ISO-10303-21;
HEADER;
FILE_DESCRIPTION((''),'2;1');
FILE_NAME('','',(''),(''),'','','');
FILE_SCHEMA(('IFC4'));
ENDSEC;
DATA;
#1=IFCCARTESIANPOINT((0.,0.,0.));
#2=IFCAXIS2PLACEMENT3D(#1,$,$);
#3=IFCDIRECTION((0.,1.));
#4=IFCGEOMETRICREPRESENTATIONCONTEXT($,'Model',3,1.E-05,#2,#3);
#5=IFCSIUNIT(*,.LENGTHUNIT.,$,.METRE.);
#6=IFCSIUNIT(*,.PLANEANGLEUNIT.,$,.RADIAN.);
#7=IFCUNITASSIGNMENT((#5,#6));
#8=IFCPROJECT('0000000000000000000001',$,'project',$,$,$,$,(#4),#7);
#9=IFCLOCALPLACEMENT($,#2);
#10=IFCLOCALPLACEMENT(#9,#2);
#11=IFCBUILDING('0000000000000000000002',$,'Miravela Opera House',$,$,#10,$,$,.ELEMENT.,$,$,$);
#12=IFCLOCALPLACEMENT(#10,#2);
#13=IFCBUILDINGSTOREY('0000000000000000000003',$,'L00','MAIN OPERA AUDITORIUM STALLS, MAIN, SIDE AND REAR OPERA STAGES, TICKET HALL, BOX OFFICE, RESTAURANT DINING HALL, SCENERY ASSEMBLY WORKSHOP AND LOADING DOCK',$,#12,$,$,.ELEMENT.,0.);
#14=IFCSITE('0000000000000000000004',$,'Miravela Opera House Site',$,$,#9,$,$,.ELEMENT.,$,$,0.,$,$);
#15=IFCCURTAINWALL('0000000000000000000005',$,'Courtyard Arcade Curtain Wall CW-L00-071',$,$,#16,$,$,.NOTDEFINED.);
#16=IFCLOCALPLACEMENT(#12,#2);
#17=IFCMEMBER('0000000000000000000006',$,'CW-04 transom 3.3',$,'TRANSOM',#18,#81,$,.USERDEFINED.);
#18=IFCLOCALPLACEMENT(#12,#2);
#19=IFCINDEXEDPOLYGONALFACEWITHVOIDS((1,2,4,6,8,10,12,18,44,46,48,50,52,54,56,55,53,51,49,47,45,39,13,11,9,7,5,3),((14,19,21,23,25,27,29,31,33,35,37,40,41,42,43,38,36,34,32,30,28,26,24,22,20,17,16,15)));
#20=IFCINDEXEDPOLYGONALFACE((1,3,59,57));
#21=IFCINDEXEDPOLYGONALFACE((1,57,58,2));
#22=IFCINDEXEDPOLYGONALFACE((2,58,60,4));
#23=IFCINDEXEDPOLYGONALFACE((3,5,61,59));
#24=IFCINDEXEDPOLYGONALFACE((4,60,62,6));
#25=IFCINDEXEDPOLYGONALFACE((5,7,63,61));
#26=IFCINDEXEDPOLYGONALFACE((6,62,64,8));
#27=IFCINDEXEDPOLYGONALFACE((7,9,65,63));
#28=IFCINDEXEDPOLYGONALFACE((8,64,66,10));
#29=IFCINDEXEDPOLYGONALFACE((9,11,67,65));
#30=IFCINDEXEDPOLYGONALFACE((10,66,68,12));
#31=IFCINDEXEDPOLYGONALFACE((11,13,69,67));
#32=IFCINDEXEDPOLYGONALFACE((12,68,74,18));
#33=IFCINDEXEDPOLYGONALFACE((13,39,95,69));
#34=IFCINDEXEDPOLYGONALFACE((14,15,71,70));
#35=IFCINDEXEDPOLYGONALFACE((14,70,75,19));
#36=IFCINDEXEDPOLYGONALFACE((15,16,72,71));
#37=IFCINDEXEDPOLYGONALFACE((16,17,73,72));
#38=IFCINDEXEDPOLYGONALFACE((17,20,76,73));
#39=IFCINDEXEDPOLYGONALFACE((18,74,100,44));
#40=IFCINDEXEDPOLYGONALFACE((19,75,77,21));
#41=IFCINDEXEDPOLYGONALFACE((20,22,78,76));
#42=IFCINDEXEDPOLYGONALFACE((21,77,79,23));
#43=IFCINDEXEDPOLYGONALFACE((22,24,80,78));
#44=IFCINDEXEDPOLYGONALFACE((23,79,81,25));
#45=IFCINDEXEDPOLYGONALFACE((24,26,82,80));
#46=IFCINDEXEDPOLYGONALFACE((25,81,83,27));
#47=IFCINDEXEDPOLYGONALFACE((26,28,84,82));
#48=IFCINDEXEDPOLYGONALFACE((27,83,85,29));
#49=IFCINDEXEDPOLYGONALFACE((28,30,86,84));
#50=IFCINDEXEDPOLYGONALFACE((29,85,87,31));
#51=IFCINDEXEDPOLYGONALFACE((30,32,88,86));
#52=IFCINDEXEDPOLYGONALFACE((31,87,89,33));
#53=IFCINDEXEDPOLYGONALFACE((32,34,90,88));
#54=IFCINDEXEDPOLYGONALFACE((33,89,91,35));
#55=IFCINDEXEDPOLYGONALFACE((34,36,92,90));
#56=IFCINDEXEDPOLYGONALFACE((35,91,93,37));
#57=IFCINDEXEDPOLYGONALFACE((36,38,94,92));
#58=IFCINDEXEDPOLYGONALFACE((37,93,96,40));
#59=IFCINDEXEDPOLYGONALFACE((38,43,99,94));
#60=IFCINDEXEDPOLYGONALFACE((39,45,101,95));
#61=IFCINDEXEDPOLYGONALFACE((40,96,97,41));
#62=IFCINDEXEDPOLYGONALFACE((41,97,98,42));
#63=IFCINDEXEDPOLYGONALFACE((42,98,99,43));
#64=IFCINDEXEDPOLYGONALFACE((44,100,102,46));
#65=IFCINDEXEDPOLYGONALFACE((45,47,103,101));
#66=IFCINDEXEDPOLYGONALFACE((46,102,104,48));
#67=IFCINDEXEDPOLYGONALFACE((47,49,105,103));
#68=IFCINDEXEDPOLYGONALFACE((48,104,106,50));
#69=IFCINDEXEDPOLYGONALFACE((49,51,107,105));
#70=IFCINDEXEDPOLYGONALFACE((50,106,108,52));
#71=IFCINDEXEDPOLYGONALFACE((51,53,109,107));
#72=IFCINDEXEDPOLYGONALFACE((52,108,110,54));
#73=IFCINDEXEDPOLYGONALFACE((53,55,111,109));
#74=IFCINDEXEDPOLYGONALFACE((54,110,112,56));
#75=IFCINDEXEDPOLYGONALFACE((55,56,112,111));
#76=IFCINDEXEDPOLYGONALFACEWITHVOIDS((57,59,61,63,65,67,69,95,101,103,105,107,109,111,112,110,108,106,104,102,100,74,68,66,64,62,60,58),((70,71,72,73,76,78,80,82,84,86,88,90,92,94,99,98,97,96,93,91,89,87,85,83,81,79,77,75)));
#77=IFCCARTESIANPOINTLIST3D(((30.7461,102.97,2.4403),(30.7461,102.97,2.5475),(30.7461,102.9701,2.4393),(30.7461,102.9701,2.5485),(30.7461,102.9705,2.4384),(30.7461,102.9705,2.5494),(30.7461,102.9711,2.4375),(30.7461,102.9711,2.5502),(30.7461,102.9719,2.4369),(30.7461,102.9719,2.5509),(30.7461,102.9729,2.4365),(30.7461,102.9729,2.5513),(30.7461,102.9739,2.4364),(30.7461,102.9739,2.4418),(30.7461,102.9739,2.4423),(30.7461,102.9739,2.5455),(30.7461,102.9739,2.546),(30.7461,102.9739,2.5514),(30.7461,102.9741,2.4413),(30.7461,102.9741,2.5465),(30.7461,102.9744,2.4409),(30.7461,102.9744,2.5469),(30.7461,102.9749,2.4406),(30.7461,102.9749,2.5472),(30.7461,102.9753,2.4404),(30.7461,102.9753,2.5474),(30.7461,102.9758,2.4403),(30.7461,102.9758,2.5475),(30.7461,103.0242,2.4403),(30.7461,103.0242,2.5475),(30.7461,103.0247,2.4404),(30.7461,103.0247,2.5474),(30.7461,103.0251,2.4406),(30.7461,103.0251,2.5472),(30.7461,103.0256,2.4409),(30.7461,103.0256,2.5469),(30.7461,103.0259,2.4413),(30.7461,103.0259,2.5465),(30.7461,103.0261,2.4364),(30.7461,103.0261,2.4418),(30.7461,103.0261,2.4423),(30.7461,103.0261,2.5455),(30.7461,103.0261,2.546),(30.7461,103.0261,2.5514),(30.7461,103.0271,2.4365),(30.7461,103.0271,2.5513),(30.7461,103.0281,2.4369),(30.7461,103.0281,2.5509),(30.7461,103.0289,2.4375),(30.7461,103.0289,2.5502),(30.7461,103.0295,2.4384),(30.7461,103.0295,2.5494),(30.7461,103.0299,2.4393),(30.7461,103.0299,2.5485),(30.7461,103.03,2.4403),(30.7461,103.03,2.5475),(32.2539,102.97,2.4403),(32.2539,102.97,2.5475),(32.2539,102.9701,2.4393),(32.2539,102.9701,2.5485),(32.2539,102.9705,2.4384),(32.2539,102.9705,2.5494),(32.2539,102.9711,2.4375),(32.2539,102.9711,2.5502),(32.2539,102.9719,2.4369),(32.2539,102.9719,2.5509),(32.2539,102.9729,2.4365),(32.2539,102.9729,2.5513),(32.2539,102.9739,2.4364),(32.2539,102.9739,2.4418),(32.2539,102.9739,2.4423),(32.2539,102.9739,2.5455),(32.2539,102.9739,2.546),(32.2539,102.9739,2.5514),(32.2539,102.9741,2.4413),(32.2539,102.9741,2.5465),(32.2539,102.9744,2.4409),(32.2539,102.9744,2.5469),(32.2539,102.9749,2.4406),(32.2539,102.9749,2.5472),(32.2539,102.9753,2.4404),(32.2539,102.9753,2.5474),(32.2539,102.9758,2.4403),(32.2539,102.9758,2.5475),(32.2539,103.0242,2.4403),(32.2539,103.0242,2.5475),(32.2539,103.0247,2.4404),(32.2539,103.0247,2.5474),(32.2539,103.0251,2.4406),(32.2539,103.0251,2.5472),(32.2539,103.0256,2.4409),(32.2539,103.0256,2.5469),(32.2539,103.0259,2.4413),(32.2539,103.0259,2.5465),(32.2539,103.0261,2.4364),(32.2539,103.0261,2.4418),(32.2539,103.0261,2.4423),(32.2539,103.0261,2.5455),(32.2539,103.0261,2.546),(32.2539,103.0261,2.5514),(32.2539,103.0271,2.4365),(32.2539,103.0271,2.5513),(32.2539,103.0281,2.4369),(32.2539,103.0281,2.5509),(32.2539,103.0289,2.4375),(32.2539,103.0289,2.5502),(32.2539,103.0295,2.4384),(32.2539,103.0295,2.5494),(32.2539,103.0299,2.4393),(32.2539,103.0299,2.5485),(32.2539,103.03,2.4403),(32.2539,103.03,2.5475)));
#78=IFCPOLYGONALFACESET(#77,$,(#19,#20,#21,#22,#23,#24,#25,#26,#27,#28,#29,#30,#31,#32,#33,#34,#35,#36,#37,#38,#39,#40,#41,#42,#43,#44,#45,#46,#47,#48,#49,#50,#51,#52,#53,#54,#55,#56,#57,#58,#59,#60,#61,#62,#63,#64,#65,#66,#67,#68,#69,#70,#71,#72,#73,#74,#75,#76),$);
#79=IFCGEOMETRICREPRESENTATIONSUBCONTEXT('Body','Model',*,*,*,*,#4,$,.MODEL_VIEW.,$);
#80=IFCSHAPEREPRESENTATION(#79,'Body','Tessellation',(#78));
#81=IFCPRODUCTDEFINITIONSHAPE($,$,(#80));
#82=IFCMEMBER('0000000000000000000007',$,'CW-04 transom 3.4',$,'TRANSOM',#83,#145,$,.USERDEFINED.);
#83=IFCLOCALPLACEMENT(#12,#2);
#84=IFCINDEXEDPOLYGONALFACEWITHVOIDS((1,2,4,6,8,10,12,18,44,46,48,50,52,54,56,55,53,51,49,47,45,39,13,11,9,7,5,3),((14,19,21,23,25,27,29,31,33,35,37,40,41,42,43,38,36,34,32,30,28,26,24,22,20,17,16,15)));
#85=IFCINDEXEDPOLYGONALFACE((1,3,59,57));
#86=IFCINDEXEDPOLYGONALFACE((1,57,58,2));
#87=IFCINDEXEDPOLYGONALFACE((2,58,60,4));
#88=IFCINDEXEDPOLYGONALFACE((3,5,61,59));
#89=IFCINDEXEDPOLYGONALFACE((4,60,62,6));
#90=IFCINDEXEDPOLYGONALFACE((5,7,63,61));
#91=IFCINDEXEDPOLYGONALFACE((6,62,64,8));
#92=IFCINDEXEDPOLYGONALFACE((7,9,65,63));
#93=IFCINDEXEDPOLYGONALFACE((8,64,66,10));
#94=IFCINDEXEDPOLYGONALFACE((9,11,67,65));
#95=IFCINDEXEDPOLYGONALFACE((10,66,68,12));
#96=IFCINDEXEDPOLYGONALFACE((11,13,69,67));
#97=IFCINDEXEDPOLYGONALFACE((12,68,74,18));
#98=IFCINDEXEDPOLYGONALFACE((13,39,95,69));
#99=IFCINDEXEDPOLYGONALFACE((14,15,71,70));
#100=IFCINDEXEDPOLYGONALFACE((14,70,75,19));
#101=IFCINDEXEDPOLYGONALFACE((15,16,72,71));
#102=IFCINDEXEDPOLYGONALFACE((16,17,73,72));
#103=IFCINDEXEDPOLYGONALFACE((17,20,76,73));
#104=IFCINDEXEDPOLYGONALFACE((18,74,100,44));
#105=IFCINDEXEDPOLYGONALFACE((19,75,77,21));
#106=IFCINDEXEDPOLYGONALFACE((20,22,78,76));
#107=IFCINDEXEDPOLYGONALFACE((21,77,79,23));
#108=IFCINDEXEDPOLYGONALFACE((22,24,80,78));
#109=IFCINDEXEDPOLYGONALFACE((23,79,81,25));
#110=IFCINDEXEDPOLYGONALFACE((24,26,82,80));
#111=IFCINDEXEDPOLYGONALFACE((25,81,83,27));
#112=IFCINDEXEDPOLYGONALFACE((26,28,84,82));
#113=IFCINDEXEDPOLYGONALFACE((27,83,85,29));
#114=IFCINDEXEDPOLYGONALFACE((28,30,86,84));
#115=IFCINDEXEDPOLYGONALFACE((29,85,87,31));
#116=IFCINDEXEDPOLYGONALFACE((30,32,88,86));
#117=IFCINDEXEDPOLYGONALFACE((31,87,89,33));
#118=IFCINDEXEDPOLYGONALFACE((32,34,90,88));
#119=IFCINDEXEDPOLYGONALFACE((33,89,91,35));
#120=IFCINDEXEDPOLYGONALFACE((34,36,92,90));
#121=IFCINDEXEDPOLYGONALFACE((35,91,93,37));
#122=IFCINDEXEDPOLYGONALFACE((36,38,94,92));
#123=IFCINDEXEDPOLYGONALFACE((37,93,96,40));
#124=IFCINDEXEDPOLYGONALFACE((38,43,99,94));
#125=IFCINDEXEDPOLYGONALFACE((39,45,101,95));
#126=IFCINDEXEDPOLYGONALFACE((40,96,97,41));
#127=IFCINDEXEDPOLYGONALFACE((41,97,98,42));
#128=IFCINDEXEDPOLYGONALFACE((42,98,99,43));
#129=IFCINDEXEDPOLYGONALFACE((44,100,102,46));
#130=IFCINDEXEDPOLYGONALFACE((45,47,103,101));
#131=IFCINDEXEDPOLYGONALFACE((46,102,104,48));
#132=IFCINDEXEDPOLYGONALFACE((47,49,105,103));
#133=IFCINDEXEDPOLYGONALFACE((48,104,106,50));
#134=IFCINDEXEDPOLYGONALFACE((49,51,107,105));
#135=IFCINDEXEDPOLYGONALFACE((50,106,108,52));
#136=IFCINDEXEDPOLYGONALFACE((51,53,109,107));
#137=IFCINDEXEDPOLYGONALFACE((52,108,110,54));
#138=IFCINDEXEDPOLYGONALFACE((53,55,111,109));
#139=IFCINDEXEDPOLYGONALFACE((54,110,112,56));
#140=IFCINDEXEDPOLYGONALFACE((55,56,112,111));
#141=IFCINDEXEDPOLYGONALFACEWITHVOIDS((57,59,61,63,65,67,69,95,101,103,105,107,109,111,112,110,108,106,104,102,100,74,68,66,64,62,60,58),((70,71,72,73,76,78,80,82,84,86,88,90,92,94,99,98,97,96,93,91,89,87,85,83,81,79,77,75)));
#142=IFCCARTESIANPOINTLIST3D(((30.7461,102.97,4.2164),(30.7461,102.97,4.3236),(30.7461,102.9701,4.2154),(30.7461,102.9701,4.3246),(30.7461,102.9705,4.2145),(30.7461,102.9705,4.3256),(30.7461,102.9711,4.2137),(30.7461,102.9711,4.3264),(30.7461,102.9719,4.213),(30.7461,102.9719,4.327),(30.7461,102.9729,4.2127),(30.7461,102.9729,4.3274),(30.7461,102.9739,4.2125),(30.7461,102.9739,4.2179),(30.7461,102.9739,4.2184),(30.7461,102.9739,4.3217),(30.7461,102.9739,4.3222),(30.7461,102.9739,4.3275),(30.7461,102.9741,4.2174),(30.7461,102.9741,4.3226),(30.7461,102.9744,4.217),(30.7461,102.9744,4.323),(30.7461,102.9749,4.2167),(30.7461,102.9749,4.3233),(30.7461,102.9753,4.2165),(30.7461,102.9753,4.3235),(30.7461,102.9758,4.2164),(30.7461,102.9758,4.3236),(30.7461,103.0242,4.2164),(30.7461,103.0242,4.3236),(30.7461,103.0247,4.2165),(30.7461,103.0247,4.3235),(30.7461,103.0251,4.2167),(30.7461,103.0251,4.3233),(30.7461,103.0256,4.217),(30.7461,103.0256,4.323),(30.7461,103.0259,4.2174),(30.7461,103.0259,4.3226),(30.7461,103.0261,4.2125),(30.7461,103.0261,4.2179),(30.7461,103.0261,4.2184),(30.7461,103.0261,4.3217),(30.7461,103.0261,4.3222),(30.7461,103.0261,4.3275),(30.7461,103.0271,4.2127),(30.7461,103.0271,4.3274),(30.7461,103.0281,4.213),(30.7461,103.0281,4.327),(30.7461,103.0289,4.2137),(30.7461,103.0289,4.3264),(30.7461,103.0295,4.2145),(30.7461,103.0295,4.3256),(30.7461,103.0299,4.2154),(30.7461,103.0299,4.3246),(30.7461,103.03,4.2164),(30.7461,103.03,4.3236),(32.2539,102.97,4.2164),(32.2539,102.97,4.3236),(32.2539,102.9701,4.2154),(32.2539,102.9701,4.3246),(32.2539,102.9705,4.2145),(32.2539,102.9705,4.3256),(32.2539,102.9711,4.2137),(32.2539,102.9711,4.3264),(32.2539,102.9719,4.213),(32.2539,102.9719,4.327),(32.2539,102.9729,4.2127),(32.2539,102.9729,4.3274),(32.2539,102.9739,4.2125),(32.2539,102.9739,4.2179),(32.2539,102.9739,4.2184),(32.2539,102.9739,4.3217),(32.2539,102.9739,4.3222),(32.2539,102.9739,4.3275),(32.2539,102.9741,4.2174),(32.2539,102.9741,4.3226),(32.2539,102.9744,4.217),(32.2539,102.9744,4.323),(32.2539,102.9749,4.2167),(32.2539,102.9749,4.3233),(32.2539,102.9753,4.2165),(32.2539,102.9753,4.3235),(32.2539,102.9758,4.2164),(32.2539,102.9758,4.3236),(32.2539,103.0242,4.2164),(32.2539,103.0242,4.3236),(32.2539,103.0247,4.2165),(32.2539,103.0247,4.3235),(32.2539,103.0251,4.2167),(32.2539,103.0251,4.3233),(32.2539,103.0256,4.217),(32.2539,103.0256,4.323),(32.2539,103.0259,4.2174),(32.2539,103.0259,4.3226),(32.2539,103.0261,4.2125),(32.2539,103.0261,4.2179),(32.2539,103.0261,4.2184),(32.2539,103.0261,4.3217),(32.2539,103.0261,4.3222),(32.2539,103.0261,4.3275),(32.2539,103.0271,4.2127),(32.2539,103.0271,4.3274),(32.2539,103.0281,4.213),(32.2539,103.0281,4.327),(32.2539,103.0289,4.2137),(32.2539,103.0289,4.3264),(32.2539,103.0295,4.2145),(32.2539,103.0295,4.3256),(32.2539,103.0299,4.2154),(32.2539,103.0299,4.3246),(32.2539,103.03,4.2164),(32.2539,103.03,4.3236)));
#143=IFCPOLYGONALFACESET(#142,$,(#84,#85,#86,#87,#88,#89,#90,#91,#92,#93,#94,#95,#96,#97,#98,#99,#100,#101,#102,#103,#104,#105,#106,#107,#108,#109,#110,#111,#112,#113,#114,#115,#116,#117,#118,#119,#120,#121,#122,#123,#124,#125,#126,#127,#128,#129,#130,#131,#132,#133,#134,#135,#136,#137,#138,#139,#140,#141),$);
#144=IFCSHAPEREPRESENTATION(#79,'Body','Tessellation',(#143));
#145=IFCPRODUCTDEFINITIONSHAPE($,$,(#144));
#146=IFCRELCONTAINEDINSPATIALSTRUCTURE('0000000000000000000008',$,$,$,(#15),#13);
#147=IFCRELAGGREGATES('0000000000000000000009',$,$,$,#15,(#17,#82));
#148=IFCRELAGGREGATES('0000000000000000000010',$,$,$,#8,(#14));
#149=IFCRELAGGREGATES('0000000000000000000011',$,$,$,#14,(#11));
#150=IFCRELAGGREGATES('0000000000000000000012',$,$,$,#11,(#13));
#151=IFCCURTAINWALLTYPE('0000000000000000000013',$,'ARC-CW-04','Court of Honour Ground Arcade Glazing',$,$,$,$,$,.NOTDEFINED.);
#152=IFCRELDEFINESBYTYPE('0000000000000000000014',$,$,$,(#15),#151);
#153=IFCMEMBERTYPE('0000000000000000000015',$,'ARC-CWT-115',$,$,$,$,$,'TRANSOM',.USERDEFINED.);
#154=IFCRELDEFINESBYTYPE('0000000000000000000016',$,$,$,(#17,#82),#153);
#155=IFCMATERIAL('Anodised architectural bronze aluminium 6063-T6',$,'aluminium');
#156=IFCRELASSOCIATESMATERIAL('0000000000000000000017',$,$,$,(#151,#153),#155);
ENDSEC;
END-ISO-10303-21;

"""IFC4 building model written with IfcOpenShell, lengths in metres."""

from ifc_helpers import new_model, si_unit, direction, frame, origin, origin_2d, place, context, subcontext, project, spatial, hollow_rectangle, extrude, material, material_profile, profile_set, type_object, element, aggregate, save


model = new_model("IFC4")

# Units and contexts
model_context = context("Model", 3, precision=1e-05, world=origin(), true_north=direction((0.0, 1.0)))
body_context = subcontext(model_context, "Body", "Model", "MODEL_VIEW")
ifc_project = project(units=[si_unit("LENGTHUNIT", "METRE"), si_unit("PLANEANGLEUNIT", "RADIAN")], contexts=[model_context])

# Site, building, storey
site_placement = place(None, origin())
site = spatial("IfcSite", under=ifc_project, at=site_placement, Name="Miravela Opera House Site", CompositionType="ELEMENT", RefElevation=0.0)
building_placement = place(site_placement, origin())
building = spatial("IfcBuilding", under=site, at=building_placement, Name="Miravela Opera House", CompositionType="ELEMENT")
storey_placement = place(building_placement, origin())
storey = spatial("IfcBuildingStorey", under=building, at=storey_placement, Name="L00", Description="MAIN OPERA AUDITORIUM STALLS, MAIN, SIDE AND REAR OPERA STAGES, TICKET HALL, BOX OFFICE, RESTAURANT DINING HALL, SCENERY ASSEMBLY WORKSHOP AND LOADING DOCK", CompositionType="ELEMENT", Elevation=0.0)

# Curtain wall, members
ifc_material_1 = material(Name="Anodised architectural bronze aluminium 6063-T6", Category="aluminium")
curtain_wall_type = type_object("IfcCurtainWallType", Name="ARC-CW-04", Description="Court of Honour Ground Arcade Glazing", PredefinedType="NOTDEFINED", material=ifc_material_1)
curtain_wall_placement = place(storey_placement, origin())
curtain_wall = element("IfcCurtainWall", 1, at=curtain_wall_placement, inside=storey, type_object=curtain_wall_type, Name="Courtyard Arcade Curtain Wall CW-L00-071", PredefinedType="NOTDEFINED")
ifc_material_profile_1 = material_profile(ifc_material_1, hollow_rectangle(XDim=0.0601, YDim=0.115, WallThickness=0.0039, InnerFilletRadius=0.002, OuterFilletRadius=0.0039, at=origin_2d()), Name="CWT-60X115")
ifc_profile_set_1 = profile_set([ifc_material_profile_1])
member_type_1 = type_object("IfcMemberType", Name="ARC-CWT-115", ElementType="TRANSOM", PredefinedType="USERDEFINED", material=ifc_profile_set_1)
member_1_placement = place(storey_placement, frame((30.7461, 103.0, 2.4939), z_axis=(1.0, 0.0, 0.0), x_axis=(0.0, 1.0, 0.0)))
member_1 = element("IfcMember", 2, at=member_1_placement, type_object=member_type_1, Name="CW-04 transom 3.3", ObjectType="TRANSOM", PredefinedType="USERDEFINED", context=body_context, shape_type="SweptSolid", body=[
    extrude(hollow_rectangle(XDim=0.0601, YDim=0.115, WallThickness=0.0039, InnerFilletRadius=0.002, OuterFilletRadius=0.0039, at=origin_2d()), origin(), (0.0, 0.0, 1.0), 1.5078),
])
member_2_placement = place(storey_placement, frame((30.7461, 103.0, 4.27), z_axis=(1.0, 0.0, 0.0), x_axis=(0.0, 1.0, 0.0)))
member_2 = element("IfcMember", 3, at=member_2_placement, type_object=member_type_1, Name="CW-04 transom 3.4", ObjectType="TRANSOM", PredefinedType="USERDEFINED", context=body_context, shape_type="SweptSolid", body=[
    extrude(hollow_rectangle(XDim=0.0601, YDim=0.115, WallThickness=0.0039, InnerFilletRadius=0.002, OuterFilletRadius=0.0039, at=origin_2d()), origin(), (0.0, 0.0, 1.0), 1.5078),
])

aggregate(curtain_wall, [member_1, member_2])

save(model, "model.ifc")
